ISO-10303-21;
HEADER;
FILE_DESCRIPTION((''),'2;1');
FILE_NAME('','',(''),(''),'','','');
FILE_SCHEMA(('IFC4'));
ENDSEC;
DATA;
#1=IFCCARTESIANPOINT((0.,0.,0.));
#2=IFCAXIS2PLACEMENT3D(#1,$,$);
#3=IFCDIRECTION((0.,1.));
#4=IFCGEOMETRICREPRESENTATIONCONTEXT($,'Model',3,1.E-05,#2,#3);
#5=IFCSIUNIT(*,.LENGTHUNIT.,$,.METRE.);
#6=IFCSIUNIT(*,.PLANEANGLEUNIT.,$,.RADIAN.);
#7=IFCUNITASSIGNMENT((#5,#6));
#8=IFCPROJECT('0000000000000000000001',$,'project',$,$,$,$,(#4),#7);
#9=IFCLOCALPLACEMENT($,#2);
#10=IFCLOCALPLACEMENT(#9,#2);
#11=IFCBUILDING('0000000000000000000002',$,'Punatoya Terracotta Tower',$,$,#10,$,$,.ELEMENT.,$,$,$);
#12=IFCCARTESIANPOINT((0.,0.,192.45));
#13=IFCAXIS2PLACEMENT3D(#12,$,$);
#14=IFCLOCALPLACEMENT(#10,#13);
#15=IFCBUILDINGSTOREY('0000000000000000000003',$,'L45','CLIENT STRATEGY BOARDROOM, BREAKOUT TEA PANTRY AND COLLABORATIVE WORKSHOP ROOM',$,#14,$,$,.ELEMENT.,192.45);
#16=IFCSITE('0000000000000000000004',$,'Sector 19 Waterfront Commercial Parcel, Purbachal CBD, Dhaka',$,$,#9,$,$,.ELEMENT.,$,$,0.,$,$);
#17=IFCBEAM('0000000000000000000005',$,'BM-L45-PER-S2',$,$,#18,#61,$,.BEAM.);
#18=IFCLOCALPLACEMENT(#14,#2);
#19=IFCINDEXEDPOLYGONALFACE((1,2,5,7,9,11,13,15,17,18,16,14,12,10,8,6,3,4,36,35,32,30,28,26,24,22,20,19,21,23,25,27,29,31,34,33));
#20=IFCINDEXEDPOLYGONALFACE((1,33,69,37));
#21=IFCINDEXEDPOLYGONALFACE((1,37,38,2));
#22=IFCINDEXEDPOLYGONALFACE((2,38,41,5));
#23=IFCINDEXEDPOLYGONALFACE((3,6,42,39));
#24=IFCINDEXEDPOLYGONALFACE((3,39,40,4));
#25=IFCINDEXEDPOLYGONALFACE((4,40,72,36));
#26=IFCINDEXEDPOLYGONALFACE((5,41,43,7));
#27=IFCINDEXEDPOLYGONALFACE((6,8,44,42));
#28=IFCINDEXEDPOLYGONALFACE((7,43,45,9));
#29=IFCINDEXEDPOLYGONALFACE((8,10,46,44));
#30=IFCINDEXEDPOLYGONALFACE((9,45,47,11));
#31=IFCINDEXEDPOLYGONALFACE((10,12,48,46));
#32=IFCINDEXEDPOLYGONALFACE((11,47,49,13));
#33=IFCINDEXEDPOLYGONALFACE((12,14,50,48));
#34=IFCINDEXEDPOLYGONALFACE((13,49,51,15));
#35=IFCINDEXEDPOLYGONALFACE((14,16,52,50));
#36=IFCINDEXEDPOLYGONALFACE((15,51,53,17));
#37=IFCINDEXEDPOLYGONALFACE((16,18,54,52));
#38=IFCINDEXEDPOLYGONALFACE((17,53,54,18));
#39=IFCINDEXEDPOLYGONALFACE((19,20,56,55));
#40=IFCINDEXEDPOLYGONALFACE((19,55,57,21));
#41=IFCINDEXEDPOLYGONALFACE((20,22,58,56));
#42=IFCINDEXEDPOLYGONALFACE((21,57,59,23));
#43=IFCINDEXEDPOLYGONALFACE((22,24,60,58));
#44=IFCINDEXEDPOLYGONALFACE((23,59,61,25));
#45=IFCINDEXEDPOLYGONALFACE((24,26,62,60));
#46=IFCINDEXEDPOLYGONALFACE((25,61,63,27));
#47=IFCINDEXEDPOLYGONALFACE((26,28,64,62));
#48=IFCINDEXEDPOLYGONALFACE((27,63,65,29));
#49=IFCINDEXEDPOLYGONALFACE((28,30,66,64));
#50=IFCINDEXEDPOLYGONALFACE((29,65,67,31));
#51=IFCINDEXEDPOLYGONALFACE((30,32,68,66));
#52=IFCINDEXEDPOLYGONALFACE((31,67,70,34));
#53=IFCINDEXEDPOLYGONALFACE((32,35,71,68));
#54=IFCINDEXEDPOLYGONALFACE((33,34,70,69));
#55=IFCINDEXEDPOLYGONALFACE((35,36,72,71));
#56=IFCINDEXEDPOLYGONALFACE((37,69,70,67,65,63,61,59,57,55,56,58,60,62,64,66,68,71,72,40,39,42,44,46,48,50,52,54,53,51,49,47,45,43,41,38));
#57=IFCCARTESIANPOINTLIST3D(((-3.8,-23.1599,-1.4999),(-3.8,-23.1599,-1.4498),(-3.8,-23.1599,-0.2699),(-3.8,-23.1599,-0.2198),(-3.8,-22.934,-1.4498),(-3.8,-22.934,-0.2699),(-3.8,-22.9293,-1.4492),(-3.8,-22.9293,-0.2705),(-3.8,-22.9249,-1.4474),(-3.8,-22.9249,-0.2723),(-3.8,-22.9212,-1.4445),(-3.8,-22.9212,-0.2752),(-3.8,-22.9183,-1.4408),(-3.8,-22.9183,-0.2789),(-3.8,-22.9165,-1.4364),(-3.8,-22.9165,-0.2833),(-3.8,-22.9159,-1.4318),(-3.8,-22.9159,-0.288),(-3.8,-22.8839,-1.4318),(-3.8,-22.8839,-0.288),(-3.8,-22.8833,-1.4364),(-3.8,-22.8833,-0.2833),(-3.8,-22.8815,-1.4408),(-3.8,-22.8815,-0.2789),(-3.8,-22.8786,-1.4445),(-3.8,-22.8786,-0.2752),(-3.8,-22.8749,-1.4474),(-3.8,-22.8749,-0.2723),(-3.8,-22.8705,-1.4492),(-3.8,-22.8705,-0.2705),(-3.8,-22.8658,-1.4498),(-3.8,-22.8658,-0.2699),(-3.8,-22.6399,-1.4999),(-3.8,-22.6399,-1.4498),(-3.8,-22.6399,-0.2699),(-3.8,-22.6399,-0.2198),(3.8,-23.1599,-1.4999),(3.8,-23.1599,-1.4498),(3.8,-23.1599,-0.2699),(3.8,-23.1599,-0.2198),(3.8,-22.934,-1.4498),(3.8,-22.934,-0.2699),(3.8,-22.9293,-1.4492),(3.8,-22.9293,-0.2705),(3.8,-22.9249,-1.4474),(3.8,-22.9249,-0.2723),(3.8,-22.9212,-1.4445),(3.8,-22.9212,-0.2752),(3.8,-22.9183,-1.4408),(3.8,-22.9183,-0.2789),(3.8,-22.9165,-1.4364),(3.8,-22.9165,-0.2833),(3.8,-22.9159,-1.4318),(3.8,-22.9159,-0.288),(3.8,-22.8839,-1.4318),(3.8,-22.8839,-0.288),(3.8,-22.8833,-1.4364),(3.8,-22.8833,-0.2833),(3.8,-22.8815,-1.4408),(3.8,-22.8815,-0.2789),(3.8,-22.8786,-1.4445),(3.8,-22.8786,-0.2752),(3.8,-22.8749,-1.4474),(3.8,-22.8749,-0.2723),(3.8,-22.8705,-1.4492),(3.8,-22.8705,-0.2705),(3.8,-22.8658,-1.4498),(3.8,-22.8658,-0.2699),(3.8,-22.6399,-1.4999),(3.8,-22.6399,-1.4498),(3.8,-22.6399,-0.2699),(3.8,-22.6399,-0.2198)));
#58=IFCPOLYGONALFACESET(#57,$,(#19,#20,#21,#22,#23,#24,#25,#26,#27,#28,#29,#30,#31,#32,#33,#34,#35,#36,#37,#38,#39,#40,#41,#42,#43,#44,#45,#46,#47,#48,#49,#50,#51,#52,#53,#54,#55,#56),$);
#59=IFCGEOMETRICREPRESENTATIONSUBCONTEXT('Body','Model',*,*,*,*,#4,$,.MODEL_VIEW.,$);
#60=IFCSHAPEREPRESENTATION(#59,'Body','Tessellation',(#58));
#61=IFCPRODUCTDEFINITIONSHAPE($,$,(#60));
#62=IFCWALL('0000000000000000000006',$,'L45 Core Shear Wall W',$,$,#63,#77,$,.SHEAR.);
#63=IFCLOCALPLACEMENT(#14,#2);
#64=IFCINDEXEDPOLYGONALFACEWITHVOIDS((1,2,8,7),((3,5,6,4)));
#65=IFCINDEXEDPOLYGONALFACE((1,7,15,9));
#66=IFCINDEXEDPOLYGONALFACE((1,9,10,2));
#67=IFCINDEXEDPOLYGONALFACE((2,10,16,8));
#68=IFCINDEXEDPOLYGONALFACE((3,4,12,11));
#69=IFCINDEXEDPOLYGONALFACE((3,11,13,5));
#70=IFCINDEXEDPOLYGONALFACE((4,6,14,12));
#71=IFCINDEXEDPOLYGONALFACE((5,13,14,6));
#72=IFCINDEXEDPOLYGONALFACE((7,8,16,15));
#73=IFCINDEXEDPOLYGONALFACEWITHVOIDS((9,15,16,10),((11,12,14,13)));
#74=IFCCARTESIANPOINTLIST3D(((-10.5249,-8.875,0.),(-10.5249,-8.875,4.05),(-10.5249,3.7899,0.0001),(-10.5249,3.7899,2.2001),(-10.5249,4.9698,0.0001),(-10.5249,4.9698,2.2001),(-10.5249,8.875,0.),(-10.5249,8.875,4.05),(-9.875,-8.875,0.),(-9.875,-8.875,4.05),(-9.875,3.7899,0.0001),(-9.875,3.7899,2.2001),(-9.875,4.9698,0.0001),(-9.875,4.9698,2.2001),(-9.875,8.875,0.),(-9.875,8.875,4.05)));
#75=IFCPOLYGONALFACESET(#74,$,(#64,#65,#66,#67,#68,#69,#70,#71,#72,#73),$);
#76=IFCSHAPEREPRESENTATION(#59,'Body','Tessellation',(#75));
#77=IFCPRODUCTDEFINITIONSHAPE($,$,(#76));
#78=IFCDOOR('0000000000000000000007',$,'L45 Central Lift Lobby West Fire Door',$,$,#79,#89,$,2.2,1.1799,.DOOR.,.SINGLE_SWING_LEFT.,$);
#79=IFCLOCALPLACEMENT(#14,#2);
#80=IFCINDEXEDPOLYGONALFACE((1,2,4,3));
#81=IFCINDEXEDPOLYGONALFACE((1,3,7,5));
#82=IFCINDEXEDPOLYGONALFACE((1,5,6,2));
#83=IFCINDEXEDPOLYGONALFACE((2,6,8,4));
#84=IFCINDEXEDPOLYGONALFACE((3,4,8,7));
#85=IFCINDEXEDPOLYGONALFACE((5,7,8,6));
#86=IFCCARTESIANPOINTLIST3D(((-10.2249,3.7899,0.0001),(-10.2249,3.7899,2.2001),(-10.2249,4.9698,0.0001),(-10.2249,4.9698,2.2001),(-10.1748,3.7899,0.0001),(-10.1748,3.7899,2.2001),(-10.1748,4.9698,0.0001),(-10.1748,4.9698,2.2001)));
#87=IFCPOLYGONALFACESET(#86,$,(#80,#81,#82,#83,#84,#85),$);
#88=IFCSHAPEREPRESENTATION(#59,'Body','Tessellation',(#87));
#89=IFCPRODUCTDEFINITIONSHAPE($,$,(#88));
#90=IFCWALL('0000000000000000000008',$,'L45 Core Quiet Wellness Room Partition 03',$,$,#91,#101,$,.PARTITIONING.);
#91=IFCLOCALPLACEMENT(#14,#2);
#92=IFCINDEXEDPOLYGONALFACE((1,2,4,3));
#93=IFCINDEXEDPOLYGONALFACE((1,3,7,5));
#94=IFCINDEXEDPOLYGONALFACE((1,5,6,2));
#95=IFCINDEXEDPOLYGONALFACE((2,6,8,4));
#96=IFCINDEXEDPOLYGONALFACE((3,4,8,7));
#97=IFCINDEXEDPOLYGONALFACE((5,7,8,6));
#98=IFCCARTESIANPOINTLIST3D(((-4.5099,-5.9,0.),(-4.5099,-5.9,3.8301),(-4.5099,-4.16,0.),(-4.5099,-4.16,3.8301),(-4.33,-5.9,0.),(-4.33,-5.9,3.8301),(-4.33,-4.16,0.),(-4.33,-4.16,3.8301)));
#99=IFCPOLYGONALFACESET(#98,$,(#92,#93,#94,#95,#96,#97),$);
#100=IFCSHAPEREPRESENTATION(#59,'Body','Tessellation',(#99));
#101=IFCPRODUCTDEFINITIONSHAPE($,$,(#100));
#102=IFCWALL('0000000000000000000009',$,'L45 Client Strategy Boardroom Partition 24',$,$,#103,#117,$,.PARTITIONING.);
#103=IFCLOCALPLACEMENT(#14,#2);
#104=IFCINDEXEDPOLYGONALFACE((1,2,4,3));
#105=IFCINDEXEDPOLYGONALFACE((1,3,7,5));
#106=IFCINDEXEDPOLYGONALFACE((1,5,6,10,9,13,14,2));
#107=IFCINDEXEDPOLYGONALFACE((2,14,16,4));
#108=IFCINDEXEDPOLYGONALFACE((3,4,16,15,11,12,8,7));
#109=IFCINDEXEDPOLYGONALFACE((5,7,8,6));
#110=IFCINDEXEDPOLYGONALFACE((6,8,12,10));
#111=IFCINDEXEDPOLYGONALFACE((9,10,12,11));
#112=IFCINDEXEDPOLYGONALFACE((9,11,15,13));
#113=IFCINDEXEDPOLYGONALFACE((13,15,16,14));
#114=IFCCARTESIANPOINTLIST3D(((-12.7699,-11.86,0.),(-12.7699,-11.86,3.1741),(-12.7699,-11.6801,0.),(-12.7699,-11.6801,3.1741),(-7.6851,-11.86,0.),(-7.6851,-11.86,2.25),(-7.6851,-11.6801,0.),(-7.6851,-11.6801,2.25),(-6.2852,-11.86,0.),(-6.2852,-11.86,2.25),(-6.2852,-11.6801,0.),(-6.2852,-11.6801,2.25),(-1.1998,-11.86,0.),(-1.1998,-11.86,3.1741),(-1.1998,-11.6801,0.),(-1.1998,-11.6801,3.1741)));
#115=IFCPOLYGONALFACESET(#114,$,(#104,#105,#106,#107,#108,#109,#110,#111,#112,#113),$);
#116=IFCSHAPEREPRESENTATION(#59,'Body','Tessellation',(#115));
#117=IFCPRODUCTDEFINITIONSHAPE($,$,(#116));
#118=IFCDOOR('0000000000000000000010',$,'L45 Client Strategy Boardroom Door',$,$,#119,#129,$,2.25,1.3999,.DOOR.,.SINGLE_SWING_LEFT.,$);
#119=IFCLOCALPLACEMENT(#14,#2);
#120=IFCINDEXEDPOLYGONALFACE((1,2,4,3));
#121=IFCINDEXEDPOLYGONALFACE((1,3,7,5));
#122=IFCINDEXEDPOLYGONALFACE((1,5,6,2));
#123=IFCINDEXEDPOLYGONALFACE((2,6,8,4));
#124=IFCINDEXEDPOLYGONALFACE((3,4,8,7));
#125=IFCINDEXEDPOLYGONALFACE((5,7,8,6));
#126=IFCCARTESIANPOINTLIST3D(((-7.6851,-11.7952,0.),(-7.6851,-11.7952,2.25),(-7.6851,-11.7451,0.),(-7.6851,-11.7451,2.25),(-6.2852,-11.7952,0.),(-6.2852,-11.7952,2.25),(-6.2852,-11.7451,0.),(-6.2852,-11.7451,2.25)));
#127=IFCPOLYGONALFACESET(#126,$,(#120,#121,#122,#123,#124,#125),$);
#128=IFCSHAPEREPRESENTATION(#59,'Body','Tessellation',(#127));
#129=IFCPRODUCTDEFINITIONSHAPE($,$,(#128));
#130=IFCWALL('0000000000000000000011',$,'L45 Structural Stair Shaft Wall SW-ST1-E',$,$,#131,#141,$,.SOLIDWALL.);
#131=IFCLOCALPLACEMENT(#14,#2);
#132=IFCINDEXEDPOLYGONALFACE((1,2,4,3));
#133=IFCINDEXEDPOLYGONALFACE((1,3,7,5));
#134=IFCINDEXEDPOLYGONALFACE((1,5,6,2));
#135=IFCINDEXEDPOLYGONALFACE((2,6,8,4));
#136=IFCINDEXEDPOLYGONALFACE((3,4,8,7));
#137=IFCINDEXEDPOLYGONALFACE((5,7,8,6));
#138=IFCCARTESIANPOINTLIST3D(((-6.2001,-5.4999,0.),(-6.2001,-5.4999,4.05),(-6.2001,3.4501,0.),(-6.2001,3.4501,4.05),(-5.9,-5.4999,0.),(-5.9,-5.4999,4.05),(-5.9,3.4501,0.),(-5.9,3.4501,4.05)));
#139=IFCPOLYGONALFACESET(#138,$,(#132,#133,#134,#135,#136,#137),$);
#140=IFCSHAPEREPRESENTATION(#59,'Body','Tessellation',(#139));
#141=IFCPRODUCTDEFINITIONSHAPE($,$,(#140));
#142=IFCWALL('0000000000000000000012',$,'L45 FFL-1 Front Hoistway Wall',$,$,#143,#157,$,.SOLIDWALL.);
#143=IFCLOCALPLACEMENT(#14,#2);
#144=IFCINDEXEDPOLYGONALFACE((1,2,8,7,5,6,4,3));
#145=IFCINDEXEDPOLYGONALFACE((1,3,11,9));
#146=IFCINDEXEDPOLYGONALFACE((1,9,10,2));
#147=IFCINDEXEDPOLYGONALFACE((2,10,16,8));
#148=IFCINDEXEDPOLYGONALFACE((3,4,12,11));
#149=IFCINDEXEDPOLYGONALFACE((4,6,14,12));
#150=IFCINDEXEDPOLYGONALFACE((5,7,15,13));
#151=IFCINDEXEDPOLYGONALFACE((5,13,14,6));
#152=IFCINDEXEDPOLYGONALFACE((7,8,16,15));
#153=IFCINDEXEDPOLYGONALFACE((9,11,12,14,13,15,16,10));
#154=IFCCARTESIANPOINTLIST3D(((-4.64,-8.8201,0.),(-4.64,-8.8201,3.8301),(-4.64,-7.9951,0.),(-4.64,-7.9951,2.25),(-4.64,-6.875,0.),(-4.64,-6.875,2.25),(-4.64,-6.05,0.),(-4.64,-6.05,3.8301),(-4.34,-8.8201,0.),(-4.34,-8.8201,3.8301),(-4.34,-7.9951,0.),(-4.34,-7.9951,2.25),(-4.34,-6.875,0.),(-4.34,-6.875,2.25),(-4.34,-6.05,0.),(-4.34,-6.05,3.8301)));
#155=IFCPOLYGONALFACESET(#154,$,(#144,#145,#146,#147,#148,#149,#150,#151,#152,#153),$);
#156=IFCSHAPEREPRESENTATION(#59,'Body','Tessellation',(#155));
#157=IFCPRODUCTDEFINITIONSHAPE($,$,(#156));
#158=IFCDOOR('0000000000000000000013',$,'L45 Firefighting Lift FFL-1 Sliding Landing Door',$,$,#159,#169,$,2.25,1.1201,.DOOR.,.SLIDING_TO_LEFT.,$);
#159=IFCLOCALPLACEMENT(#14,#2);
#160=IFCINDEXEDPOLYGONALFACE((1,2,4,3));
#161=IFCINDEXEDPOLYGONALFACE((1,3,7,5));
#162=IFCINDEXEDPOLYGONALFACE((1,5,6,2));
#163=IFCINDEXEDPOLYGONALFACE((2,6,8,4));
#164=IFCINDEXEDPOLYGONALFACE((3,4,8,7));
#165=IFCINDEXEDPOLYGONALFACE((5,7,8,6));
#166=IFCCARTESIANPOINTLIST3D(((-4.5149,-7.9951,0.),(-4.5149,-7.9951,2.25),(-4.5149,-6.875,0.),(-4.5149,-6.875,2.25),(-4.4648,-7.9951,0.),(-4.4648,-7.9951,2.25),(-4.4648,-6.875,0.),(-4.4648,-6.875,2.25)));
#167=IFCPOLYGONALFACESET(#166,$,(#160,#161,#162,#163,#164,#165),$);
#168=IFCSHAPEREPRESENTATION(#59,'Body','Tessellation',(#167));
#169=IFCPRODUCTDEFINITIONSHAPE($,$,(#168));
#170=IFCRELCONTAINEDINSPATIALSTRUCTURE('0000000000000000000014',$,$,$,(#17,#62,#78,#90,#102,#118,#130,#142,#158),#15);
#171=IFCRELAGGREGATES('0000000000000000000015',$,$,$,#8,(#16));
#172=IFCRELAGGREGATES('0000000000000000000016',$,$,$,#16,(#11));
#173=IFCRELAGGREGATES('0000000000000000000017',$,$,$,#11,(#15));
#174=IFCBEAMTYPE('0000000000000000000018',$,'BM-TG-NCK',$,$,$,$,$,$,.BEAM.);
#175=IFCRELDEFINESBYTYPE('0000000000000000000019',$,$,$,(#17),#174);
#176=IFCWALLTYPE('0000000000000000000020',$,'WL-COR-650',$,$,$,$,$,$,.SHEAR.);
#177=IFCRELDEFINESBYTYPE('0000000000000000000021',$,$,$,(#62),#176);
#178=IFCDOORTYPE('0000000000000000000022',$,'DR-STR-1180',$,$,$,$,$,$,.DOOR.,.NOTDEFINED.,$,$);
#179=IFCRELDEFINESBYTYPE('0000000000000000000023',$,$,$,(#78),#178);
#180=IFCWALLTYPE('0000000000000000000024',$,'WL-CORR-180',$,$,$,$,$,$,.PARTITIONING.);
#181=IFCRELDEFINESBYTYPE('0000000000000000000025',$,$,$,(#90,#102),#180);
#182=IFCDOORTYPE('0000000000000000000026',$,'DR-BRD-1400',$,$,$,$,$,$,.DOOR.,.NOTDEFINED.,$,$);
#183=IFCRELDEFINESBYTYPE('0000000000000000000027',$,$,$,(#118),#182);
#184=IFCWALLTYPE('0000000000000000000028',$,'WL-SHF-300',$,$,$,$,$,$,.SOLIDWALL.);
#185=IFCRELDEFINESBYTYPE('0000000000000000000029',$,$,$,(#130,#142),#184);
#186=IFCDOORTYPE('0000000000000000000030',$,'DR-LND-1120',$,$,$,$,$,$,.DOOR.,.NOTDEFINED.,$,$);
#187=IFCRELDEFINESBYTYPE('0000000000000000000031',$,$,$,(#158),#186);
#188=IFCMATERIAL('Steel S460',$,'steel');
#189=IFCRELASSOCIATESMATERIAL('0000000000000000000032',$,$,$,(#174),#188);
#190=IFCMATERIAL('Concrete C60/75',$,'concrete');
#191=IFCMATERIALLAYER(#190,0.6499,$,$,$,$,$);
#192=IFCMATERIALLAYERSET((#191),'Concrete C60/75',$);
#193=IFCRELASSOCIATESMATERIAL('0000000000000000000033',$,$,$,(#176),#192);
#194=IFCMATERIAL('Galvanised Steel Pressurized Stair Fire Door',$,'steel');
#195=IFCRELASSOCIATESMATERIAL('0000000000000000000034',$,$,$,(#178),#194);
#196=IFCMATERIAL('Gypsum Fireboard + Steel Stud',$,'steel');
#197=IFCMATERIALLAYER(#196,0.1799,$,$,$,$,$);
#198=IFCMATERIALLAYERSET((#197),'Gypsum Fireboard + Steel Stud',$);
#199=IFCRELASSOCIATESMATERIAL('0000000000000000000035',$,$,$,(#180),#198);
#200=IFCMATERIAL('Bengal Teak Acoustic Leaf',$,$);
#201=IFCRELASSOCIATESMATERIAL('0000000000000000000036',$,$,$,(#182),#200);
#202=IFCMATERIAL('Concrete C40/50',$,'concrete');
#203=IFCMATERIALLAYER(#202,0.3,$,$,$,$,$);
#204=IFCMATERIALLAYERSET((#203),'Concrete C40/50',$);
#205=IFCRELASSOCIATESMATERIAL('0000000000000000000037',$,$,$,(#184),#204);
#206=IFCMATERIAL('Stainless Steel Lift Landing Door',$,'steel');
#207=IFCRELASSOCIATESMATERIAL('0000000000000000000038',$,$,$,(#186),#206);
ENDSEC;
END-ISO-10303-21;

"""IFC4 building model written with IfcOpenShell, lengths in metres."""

from ifc_helpers import new_model, si_unit, direction, frame, frame_2d, origin, origin_2d, place, context, subcontext, project, spatial, rectangle, i_section, extrude, material, layer, layer_set, material_profile, profile_set, type_object, element, fill, save


model = new_model("IFC4")

# Units and contexts
model_context = context("Model", 3, precision=1e-05, world=origin(), true_north=direction((0.0, 1.0)))
body_context = subcontext(model_context, "Body", "Model", "MODEL_VIEW")
ifc_project = project(units=[si_unit("LENGTHUNIT", "METRE"), si_unit("PLANEANGLEUNIT", "RADIAN")], contexts=[model_context])

# Site, building, storey
site_placement = place(None, origin())
site = spatial("IfcSite", under=ifc_project, at=site_placement, Name="Sector 19 Waterfront Commercial Parcel, Purbachal CBD, Dhaka", CompositionType="ELEMENT", RefElevation=0.0)
building_placement = place(site_placement, origin())
building = spatial("IfcBuilding", under=site, at=building_placement, Name="Punatoya Terracotta Tower", CompositionType="ELEMENT")
storey_placement = place(building_placement, frame((0.0, 0.0, 192.45)))
storey = spatial("IfcBuildingStorey", under=building, at=storey_placement, Name="L45", Description="CLIENT STRATEGY BOARDROOM, BREAKOUT TEA PANTRY AND COLLABORATIVE WORKSHOP ROOM", CompositionType="ELEMENT", Elevation=192.45)

# Shared definitions
ifc_material_1 = material(Name="Steel S460", Category="steel")

# Beam
ifc_material_2 = material(Name="Concrete C60/75", Category="concrete")
ifc_material_profile_1 = material_profile(ifc_material_1, i_section(OverallWidth=0.52, OverallDepth=1.28, WebThickness=0.032, FlangeThickness=0.05, FilletRadius=0.0181, at=origin_2d()))
ifc_profile_set_1 = profile_set([ifc_material_profile_1], Name="Steel S460")
beam_type_1 = type_object("IfcBeamType", Name="BM-TG-NCK", PredefinedType="BEAM", material=ifc_profile_set_1)
beam_1_placement = place(storey_placement, frame((-3.8, -22.8999, -0.8599), z_axis=(1.0, 0.0, 0.0), x_axis=(0.0, 1.0, 0.0)))
element("IfcBeam", 1, at=beam_1_placement, inside=storey, type_object=beam_type_1, Name="BM-L45-PER-S2", PredefinedType="BEAM", context=body_context, shape_type="SweptSolid", body=[
    extrude(i_section(OverallWidth=0.52, OverallDepth=1.28, WebThickness=0.032, FlangeThickness=0.05, FilletRadius=0.0181, at=origin_2d()), origin(), (0.0, 0.0, 1.0), 7.6001),
])

# Wall, opening, door
ifc_layer_1 = layer(ifc_material_2, 0.6499)
ifc_layer_set_1 = layer_set([ifc_layer_1], Name="Concrete C60/75")
wall_type_1 = type_object("IfcWallType", Name="WL-COR-650", PredefinedType="SHEAR", material=ifc_layer_set_1)
wall_1_placement = place(storey_placement, frame((-10.2, -8.875, 0.0), z_axis=(0.0, 0.0, 1.0), x_axis=(0.0, 1.0, 0.0)))
wall_1 = element("IfcWall", 2, at=wall_1_placement, inside=storey, type_object=wall_type_1, Name="L45 Core Shear Wall W", PredefinedType="SHEAR", context=body_context, shape_type="SweptSolid", body=[
    extrude(rectangle(XDim=17.75, YDim=0.6499, at=frame_2d((8.875, 0.0))), origin(), (0.0, 0.0, 1.0), 4.05),
])
opening_1_placement = place(wall_1_placement, frame((12.665, 0.0, 0.0)))
opening_1 = element("IfcOpeningElement", 3, at=opening_1_placement, cuts=wall_1, PredefinedType="OPENING", context=body_context, shape_type="SweptSolid", body=[
    extrude(rectangle(XDim=1.1799, YDim=2.2, at=frame_2d((0.5898, 1.1001))), frame((0.0, 0.335, 0.0), z_axis=(0.0, -1.0, 0.0), x_axis=(1.0, 0.0, 0.0)), (0.0, 0.0, 1.0), 0.6699),
])
ifc_material_3 = material(Name="Galvanised Steel Pressurized Stair Fire Door", Category="steel")
door_type_1 = type_object("IfcDoorType", Name="DR-STR-1180", OperationType="NOTDEFINED", PredefinedType="DOOR", material=ifc_material_3)
door_1_placement = place(opening_1_placement, origin())
door_1 = element("IfcDoor", 4, at=door_1_placement, inside=storey, type_object=door_type_1, Name="L45 Central Lift Lobby West Fire Door", OperationType="SINGLE_SWING_LEFT", OverallHeight=2.2, OverallWidth=1.1799, PredefinedType="DOOR", context=body_context, shape_type="SweptSolid", body=[
    extrude(rectangle(XDim=1.1799, YDim=2.2, at=frame_2d((0.5898, 1.1001))), frame((0.0, 0.0249, 0.0), z_axis=(0.0, -1.0, 0.0), x_axis=(1.0, 0.0, 0.0)), (0.0, 0.0, 1.0), 0.05),
])
fill(opening_1, door_1)

# Wall
ifc_material_4 = material(Name="Gypsum Fireboard + Steel Stud", Category="steel")
ifc_layer_2 = layer(ifc_material_4, 0.1799)
ifc_layer_set_2 = layer_set([ifc_layer_2], Name="Gypsum Fireboard + Steel Stud")
wall_type_2 = type_object("IfcWallType", Name="WL-CORR-180", PredefinedType="PARTITIONING", material=ifc_layer_set_2)
wall_2_placement = place(storey_placement, frame((-4.4199, -4.1599, 0.0), z_axis=(0.0, 0.0, 1.0), x_axis=(0.0, -1.0, 0.0)))
element("IfcWall", 5, at=wall_2_placement, inside=storey, type_object=wall_type_2, Name="L45 Core Quiet Wellness Room Partition 03", PredefinedType="PARTITIONING", context=body_context, shape_type="SweptSolid", body=[
    extrude(rectangle(XDim=1.74, YDim=0.1799, at=frame_2d((0.8701, 0.0))), origin(), (0.0, 0.0, 1.0), 3.8301),
])

# Wall, opening, door
wall_3_placement = place(storey_placement, frame((-12.77, -11.77, 0.0), z_axis=(0.0, 0.0, 1.0), x_axis=(1.0, 0.0, 0.0)))
wall_3 = element("IfcWall", 6, at=wall_3_placement, inside=storey, type_object=wall_type_2, Name="L45 Client Strategy Boardroom Partition 24", PredefinedType="PARTITIONING", context=body_context, shape_type="SweptSolid", body=[
    extrude(rectangle(XDim=11.5701, YDim=0.1799, at=frame_2d((5.7852, 0.0))), origin(), (0.0, 0.0, 1.0), 3.1741),
])
opening_2_placement = place(wall_3_placement, frame((5.085, 0.0, 0.0)))
opening_2 = element("IfcOpeningElement", 7, at=opening_2_placement, cuts=wall_3, PredefinedType="OPENING", context=body_context, shape_type="SweptSolid", body=[
    extrude(rectangle(XDim=1.3999, YDim=2.25, at=frame_2d((0.7, 1.125))), frame((0.0, 0.0999, 0.0), z_axis=(0.0, -1.0, 0.0), x_axis=(1.0, 0.0, 0.0)), (0.0, 0.0, 1.0), 0.2),
])
ifc_material_5 = material(Name="Bengal Teak Acoustic Leaf")
door_type_2 = type_object("IfcDoorType", Name="DR-BRD-1400", OperationType="NOTDEFINED", PredefinedType="DOOR", material=ifc_material_5)
door_2_placement = place(opening_2_placement, origin())
door_2 = element("IfcDoor", 8, at=door_2_placement, inside=storey, type_object=door_type_2, Name="L45 Client Strategy Boardroom Door", OperationType="SINGLE_SWING_LEFT", OverallHeight=2.25, OverallWidth=1.3999, PredefinedType="DOOR", context=body_context, shape_type="SweptSolid", body=[
    extrude(rectangle(XDim=1.3999, YDim=2.25, at=frame_2d((0.7, 1.125))), frame((0.0, 0.0249, 0.0), z_axis=(0.0, -1.0, 0.0), x_axis=(1.0, 0.0, 0.0)), (0.0, 0.0, 1.0), 0.05),
])
fill(opening_2, door_2)

# Wall
ifc_material_6 = material(Name="Concrete C40/50", Category="concrete")
ifc_layer_3 = layer(ifc_material_6, 0.3)
ifc_layer_set_3 = layer_set([ifc_layer_3], Name="Concrete C40/50")
wall_type_3 = type_object("IfcWallType", Name="WL-SHF-300", PredefinedType="SOLIDWALL", material=ifc_layer_set_3)
wall_4_placement = place(storey_placement, frame((-6.05, -5.5, 0.0), z_axis=(0.0, 0.0, 1.0), x_axis=(0.0, 1.0, 0.0)))
element("IfcWall", 9, at=wall_4_placement, inside=storey, type_object=wall_type_3, Name="L45 Structural Stair Shaft Wall SW-ST1-E", PredefinedType="SOLIDWALL", context=body_context, shape_type="SweptSolid", body=[
    extrude(rectangle(XDim=8.95, YDim=0.3, at=frame_2d((4.4751, 0.0))), origin(), (0.0, 0.0, 1.0), 4.05),
])

# Wall, opening, door
wall_5_placement = place(storey_placement, frame((-4.49, -8.8201, 0.0), z_axis=(0.0, 0.0, 1.0), x_axis=(0.0, 1.0, 0.0)))
wall_5 = element("IfcWall", 10, at=wall_5_placement, inside=storey, type_object=wall_type_3, Name="L45 FFL-1 Front Hoistway Wall", PredefinedType="SOLIDWALL", context=body_context, shape_type="SweptSolid", body=[
    extrude(rectangle(XDim=2.77, YDim=0.3, at=frame_2d((1.385, 0.0))), origin(), (0.0, 0.0, 1.0), 3.8301),
])
opening_3_placement = place(wall_5_placement, frame((0.825, 0.0, 0.0)))
opening_3 = element("IfcOpeningElement", 11, at=opening_3_placement, cuts=wall_5, PredefinedType="OPENING", context=body_context, shape_type="SweptSolid", body=[
    extrude(rectangle(XDim=1.1201, YDim=2.25, at=frame_2d((0.5601, 1.125))), frame((0.0, 0.1599, 0.0), z_axis=(0.0, -1.0, 0.0), x_axis=(1.0, 0.0, 0.0)), (0.0, 0.0, 1.0), 0.3201),
])
ifc_material_7 = material(Name="Stainless Steel Lift Landing Door", Category="steel")
door_type_3 = type_object("IfcDoorType", Name="DR-LND-1120", OperationType="NOTDEFINED", PredefinedType="DOOR", material=ifc_material_7)
door_3_placement = place(opening_3_placement, origin())
door_3 = element("IfcDoor", 12, at=door_3_placement, inside=storey, type_object=door_type_3, Name="L45 Firefighting Lift FFL-1 Sliding Landing Door", OperationType="SLIDING_TO_LEFT", OverallHeight=2.25, OverallWidth=1.1201, PredefinedType="DOOR", context=body_context, shape_type="SweptSolid", body=[
    extrude(rectangle(XDim=1.1201, YDim=2.25, at=frame_2d((0.5601, 1.125))), frame((0.0, 0.0249, 0.0), z_axis=(0.0, -1.0, 0.0), x_axis=(1.0, 0.0, 0.0)), (0.0, 0.0, 1.0), 0.05),
])
fill(opening_3, door_3)

save(model, "model.ifc")
